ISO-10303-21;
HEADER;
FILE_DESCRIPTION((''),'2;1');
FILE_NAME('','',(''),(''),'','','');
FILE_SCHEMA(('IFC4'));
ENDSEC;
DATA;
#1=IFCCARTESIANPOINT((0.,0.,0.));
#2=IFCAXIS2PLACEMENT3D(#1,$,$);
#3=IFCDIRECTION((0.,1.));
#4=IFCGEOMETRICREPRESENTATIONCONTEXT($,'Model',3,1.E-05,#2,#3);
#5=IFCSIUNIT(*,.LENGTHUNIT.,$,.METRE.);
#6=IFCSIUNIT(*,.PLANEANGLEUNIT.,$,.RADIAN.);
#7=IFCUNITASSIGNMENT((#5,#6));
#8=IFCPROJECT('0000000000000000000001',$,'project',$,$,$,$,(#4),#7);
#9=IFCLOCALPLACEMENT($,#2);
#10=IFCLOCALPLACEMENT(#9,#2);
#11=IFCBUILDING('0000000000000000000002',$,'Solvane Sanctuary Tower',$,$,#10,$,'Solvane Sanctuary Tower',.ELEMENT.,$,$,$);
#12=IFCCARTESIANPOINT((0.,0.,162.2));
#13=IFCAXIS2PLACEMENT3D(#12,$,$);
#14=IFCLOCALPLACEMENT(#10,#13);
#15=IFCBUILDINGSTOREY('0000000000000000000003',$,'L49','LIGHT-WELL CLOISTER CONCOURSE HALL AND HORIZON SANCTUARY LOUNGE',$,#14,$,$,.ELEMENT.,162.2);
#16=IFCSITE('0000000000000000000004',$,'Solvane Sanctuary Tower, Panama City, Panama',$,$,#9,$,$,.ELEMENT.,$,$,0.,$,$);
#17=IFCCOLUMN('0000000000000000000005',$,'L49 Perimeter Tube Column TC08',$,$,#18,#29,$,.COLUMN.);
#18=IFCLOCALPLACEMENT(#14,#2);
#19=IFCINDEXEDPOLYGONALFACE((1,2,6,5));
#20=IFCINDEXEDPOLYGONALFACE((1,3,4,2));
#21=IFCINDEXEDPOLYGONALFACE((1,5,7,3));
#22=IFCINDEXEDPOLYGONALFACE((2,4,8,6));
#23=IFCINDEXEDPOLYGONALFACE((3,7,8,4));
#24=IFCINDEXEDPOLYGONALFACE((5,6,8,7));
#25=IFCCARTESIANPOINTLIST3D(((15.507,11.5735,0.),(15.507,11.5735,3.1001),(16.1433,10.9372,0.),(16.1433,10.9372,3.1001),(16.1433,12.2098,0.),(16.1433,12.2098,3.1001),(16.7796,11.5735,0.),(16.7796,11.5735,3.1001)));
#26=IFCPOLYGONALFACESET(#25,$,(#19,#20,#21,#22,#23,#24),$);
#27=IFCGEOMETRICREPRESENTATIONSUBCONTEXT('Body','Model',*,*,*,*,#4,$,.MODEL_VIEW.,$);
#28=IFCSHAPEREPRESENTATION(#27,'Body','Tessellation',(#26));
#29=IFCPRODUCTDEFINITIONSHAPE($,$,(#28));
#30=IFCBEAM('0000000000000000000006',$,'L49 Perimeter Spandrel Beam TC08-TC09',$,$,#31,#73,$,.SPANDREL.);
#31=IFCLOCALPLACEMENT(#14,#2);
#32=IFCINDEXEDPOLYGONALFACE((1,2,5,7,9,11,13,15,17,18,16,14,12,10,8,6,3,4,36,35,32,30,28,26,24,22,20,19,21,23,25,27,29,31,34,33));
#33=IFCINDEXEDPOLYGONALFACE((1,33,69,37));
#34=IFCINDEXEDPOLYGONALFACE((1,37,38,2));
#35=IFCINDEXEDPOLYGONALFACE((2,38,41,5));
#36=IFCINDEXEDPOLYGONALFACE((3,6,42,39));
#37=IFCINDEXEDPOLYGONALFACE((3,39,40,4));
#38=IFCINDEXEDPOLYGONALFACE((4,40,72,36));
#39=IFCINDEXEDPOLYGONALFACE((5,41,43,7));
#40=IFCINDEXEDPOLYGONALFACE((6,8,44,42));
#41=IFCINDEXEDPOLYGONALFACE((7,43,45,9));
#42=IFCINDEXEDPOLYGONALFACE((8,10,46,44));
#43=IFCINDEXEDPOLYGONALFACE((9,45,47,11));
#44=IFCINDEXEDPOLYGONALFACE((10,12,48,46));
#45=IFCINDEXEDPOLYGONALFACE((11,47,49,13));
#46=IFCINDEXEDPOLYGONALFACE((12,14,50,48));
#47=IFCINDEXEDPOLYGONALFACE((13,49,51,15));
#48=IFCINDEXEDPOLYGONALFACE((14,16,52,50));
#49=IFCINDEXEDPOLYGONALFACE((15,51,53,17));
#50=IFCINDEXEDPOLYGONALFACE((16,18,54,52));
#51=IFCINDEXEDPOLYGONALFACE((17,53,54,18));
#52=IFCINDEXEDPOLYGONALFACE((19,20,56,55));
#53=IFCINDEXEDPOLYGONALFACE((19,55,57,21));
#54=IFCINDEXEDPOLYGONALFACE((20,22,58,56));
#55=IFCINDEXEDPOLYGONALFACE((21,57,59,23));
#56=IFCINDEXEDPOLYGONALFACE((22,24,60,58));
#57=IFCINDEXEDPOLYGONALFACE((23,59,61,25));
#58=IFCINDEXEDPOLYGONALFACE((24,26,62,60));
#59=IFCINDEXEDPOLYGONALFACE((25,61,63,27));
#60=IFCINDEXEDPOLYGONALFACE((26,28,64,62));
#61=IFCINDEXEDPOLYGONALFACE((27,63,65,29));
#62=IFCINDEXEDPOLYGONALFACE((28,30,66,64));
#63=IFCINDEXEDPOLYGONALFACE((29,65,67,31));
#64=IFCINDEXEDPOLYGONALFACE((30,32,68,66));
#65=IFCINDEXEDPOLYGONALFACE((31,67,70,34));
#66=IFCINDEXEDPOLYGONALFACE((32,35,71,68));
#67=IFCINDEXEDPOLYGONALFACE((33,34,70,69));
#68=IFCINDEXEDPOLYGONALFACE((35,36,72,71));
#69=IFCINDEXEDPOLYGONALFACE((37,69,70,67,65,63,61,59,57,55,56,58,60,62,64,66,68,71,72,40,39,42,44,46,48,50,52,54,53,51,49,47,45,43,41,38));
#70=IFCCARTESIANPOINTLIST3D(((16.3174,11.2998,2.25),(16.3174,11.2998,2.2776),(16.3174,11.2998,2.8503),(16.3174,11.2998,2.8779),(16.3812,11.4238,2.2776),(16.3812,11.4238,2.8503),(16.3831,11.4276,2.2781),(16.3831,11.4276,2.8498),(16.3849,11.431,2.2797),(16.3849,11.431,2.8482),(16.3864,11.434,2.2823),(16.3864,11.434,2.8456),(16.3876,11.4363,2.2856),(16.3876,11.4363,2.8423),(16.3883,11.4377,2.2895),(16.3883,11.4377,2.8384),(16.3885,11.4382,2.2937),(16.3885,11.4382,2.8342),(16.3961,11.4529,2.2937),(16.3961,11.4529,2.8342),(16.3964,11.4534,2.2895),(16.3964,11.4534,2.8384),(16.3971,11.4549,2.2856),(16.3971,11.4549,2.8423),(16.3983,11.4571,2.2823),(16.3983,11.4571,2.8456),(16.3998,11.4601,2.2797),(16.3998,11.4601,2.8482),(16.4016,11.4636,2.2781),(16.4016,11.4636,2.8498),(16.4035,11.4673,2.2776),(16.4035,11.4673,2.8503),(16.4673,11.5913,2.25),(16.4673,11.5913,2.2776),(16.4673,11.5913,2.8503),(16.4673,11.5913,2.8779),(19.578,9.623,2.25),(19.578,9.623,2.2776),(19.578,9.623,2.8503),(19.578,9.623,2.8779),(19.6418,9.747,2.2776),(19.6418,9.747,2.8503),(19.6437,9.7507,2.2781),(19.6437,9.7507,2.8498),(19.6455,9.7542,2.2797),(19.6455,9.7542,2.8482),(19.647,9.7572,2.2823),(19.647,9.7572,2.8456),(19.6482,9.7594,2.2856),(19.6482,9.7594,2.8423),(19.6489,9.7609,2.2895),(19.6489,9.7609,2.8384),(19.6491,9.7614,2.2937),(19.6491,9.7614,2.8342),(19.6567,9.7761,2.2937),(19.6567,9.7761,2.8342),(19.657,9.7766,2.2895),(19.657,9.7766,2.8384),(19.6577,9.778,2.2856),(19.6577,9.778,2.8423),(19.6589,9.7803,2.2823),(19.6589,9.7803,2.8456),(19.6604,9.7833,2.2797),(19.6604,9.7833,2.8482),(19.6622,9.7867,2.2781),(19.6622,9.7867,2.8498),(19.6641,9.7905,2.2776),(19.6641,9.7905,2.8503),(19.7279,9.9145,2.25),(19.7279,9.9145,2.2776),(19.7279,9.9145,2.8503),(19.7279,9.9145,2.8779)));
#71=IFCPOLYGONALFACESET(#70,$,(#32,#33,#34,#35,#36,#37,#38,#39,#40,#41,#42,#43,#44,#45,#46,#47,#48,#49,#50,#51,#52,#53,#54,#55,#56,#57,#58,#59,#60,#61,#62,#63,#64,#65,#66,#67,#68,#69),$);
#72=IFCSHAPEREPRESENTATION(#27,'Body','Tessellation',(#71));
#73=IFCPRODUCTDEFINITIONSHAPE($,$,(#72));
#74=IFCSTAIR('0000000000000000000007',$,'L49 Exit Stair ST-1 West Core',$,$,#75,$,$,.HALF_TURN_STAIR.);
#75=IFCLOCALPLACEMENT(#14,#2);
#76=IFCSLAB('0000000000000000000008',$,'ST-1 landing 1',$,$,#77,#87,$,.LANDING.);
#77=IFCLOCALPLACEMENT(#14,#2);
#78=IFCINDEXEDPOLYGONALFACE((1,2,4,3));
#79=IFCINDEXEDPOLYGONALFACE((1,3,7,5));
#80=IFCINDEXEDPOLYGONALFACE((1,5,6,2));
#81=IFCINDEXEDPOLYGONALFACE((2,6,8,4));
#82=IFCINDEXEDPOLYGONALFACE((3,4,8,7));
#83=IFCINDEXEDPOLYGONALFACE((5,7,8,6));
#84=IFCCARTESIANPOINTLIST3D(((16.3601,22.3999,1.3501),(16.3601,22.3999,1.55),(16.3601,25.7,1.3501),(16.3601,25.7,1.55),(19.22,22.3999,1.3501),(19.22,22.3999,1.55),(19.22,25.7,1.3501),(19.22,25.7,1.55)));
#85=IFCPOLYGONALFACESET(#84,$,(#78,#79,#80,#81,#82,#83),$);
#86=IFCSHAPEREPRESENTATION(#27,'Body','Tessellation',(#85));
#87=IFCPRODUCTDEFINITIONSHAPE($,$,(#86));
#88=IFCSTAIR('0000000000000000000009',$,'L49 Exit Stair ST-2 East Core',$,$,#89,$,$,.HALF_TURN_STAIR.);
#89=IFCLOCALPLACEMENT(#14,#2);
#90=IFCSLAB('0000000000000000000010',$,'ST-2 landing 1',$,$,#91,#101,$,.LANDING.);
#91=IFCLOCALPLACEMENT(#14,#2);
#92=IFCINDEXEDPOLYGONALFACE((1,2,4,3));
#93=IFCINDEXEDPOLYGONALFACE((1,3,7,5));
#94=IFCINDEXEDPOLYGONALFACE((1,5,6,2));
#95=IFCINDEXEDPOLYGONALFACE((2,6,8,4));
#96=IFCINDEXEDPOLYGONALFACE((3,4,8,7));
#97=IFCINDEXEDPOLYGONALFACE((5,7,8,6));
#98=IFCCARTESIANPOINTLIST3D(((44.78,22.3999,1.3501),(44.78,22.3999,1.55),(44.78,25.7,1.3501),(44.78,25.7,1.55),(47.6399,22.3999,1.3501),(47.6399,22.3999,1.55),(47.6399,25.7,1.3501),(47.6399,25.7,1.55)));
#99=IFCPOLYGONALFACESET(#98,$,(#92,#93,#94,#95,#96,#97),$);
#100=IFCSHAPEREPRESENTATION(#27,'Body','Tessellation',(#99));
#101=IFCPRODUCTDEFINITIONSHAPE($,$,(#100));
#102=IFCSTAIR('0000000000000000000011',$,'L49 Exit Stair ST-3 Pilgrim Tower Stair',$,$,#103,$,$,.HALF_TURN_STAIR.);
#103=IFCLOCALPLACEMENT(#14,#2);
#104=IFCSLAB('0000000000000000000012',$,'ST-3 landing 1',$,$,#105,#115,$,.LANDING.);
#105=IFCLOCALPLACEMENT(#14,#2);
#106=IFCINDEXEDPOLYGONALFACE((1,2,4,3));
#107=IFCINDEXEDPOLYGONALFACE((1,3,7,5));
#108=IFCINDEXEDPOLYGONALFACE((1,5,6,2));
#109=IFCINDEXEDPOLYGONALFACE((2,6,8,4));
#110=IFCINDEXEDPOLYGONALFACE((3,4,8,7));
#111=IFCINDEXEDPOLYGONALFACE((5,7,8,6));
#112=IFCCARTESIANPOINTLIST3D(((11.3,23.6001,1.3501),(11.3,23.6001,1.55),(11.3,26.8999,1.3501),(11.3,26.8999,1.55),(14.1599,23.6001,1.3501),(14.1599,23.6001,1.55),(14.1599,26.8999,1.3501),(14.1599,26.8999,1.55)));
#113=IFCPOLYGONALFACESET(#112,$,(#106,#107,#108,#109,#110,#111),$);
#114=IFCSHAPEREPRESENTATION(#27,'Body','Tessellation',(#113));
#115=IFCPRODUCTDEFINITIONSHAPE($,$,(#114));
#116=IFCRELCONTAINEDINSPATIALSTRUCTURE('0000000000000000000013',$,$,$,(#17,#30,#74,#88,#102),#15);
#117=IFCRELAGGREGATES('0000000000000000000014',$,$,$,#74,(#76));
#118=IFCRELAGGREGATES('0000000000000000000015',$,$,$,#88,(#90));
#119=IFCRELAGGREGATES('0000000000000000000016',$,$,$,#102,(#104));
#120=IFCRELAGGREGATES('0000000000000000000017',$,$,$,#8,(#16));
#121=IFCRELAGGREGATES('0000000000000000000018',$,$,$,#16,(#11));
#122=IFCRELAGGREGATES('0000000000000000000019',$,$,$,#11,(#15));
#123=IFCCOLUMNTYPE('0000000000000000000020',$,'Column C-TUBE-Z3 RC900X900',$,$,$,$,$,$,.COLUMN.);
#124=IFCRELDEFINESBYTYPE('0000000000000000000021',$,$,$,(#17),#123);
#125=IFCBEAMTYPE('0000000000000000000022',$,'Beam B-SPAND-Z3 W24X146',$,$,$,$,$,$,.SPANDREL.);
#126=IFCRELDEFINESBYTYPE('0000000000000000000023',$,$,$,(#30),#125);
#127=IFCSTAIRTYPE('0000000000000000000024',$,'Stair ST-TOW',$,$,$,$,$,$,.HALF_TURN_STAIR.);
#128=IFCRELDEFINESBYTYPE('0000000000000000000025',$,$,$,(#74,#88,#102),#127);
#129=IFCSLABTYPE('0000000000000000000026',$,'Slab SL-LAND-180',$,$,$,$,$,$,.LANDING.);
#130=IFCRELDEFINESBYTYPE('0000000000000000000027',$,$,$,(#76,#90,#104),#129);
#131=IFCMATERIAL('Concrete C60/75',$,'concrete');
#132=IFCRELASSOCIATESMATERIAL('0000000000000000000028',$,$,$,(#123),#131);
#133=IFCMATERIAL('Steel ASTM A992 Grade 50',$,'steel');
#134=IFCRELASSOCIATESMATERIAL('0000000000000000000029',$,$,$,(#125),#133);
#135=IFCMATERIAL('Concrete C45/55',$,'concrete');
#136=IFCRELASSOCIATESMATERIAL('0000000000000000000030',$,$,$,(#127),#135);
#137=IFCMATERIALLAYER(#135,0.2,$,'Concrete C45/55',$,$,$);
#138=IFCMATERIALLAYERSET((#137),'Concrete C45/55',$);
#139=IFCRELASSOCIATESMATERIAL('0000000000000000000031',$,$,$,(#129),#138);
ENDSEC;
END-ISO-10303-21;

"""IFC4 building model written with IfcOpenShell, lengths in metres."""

from ifc_helpers import new_model, si_unit, direction, frame, origin, origin_2d, place, context, subcontext, project, spatial, polyline, rectangle, i_section, outline, extrude, material, layer, layer_set, material_profile, profile_set, type_object, element, aggregate, save


model = new_model("IFC4")

# Units and contexts
model_context = context("Model", 3, precision=1e-05, world=origin(), true_north=direction((0.0, 1.0)))
body_context = subcontext(model_context, "Body", "Model", "MODEL_VIEW")
ifc_project = project(units=[si_unit("LENGTHUNIT", "METRE"), si_unit("PLANEANGLEUNIT", "RADIAN")], contexts=[model_context])

# Site, building, storey
site_placement = place(None, origin())
site = spatial("IfcSite", under=ifc_project, at=site_placement, Name="Solvane Sanctuary Tower, Panama City, Panama", CompositionType="ELEMENT", RefElevation=0.0)
building_placement = place(site_placement, origin())
building = spatial("IfcBuilding", under=site, at=building_placement, Name="Solvane Sanctuary Tower", LongName="Solvane Sanctuary Tower", CompositionType="ELEMENT")
storey_placement = place(building_placement, frame((0.0, 0.0, 162.2)))
storey = spatial("IfcBuildingStorey", under=building, at=storey_placement, Name="L49", Description="LIGHT-WELL CLOISTER CONCOURSE HALL AND HORIZON SANCTUARY LOUNGE", CompositionType="ELEMENT", Elevation=162.2)

# Column
ifc_material_1 = material(Name="Concrete C60/75", Category="concrete")
ifc_material_profile_1 = material_profile(ifc_material_1, rectangle(XDim=0.8999, YDim=0.8999, at=origin_2d()), Name="RC900X900")
ifc_profile_set_1 = profile_set([ifc_material_profile_1], Name="Concrete C60/75")
column_type = type_object("IfcColumnType", Name="Column C-TUBE-Z3 RC900X900", PredefinedType="COLUMN", material=ifc_profile_set_1)
column_placement = place(storey_placement, frame((16.1433, 11.5735, 0.0), z_axis=(0.0, 0.0, 1.0), x_axis=(-0.707107, -0.707107, 0.0)))
element("IfcColumn", 1, at=column_placement, inside=storey, type_object=column_type, Name="L49 Perimeter Tube Column TC08", PredefinedType="COLUMN", context=body_context, shape_type="SweptSolid", body=[
    extrude(rectangle(XDim=0.8999, YDim=0.8999, at=origin_2d()), origin(), (0.0, 0.0, 1.0), 3.1001),
])

# Beam
ifc_material_2 = material(Name="Steel ASTM A992 Grade 50", Category="steel")
ifc_material_profile_2 = material_profile(ifc_material_2, i_section(OverallWidth=0.3279, OverallDepth=0.6279, WebThickness=0.0166, FlangeThickness=0.0276, FilletRadius=0.0161, at=origin_2d()), Name="W24X146")
ifc_profile_set_2 = profile_set([ifc_material_profile_2], Name="Steel ASTM A992 Grade 50")
beam_type = type_object("IfcBeamType", Name="Beam B-SPAND-Z3 W24X146", PredefinedType="SPANDREL", material=ifc_profile_set_2)
beam_placement = place(storey_placement, frame((16.3923, 11.4456, 2.564), z_axis=(0.889296, -0.457333, 0.0), x_axis=(0.457333, 0.889296, 0.0)))
element("IfcBeam", 2, at=beam_placement, inside=storey, type_object=beam_type, Name="L49 Perimeter Spandrel Beam TC08-TC09", PredefinedType="SPANDREL", context=body_context, shape_type="SweptSolid", body=[
    extrude(i_section(OverallWidth=0.3279, OverallDepth=0.6279, WebThickness=0.0166, FlangeThickness=0.0276, FilletRadius=0.0161, at=origin_2d()), origin(), (0.0, 0.0, 1.0), 3.6665),
])

# Stairs, slabs
ifc_material_3 = material(Name="Concrete C45/55", Category="concrete")
stair_type = type_object("IfcStairType", Name="Stair ST-TOW", PredefinedType="HALF_TURN_STAIR", material=ifc_material_3)
stair_1_placement = place(storey_placement, origin())
stair_1 = element("IfcStair", 3, at=stair_1_placement, inside=storey, type_object=stair_type, Name="L49 Exit Stair ST-1 West Core", PredefinedType="HALF_TURN_STAIR")
ifc_layer_1 = layer(ifc_material_3, 0.2, Name="Concrete C45/55")
ifc_layer_set_1 = layer_set([ifc_layer_1], Name="Concrete C45/55")
slab_type_1 = type_object("IfcSlabType", Name="Slab SL-LAND-180", PredefinedType="LANDING", material=ifc_layer_set_1)
slab_1_placement = place(storey_placement, frame((0.0, 0.0, 1.3501)))
slab_1 = element("IfcSlab", 4, at=slab_1_placement, type_object=slab_type_1, Name="ST-1 landing 1", PredefinedType="LANDING", context=body_context, shape_type="SweptSolid", body=[
    extrude(outline(polyline([(19.22, 22.3999), (19.22, 25.7), (16.3601, 25.7), (16.3601, 22.3999), (19.22, 22.3999)])), origin(), (0.0, 0.0, 1.0), 0.2),
])
aggregate(stair_1, [slab_1])
stair_2_placement = place(storey_placement, origin())
stair_2 = element("IfcStair", 5, at=stair_2_placement, inside=storey, type_object=stair_type, Name="L49 Exit Stair ST-2 East Core", PredefinedType="HALF_TURN_STAIR")
slab_2_placement = place(storey_placement, frame((0.0, 0.0, 1.3501)))
slab_2 = element("IfcSlab", 6, at=slab_2_placement, type_object=slab_type_1, Name="ST-2 landing 1", PredefinedType="LANDING", context=body_context, shape_type="SweptSolid", body=[
    extrude(outline(polyline([(47.6399, 22.3999), (47.6399, 25.7), (44.78, 25.7), (44.78, 22.3999), (47.6399, 22.3999)])), origin(), (0.0, 0.0, 1.0), 0.2),
])
aggregate(stair_2, [slab_2])
stair_3_placement = place(storey_placement, origin())
stair_3 = element("IfcStair", 7, at=stair_3_placement, inside=storey, type_object=stair_type, Name="L49 Exit Stair ST-3 Pilgrim Tower Stair", PredefinedType="HALF_TURN_STAIR")
slab_3_placement = place(storey_placement, frame((0.0, 0.0, 1.3501)))
slab_3 = element("IfcSlab", 8, at=slab_3_placement, type_object=slab_type_1, Name="ST-3 landing 1", PredefinedType="LANDING", context=body_context, shape_type="SweptSolid", body=[
    extrude(outline(polyline([(14.1599, 23.6001), (14.1599, 26.8999), (11.3, 26.8999), (11.3, 23.6001), (14.1599, 23.6001)])), origin(), (0.0, 0.0, 1.0), 0.2),
])
aggregate(stair_3, [slab_3])

save(model, "model.ifc")
